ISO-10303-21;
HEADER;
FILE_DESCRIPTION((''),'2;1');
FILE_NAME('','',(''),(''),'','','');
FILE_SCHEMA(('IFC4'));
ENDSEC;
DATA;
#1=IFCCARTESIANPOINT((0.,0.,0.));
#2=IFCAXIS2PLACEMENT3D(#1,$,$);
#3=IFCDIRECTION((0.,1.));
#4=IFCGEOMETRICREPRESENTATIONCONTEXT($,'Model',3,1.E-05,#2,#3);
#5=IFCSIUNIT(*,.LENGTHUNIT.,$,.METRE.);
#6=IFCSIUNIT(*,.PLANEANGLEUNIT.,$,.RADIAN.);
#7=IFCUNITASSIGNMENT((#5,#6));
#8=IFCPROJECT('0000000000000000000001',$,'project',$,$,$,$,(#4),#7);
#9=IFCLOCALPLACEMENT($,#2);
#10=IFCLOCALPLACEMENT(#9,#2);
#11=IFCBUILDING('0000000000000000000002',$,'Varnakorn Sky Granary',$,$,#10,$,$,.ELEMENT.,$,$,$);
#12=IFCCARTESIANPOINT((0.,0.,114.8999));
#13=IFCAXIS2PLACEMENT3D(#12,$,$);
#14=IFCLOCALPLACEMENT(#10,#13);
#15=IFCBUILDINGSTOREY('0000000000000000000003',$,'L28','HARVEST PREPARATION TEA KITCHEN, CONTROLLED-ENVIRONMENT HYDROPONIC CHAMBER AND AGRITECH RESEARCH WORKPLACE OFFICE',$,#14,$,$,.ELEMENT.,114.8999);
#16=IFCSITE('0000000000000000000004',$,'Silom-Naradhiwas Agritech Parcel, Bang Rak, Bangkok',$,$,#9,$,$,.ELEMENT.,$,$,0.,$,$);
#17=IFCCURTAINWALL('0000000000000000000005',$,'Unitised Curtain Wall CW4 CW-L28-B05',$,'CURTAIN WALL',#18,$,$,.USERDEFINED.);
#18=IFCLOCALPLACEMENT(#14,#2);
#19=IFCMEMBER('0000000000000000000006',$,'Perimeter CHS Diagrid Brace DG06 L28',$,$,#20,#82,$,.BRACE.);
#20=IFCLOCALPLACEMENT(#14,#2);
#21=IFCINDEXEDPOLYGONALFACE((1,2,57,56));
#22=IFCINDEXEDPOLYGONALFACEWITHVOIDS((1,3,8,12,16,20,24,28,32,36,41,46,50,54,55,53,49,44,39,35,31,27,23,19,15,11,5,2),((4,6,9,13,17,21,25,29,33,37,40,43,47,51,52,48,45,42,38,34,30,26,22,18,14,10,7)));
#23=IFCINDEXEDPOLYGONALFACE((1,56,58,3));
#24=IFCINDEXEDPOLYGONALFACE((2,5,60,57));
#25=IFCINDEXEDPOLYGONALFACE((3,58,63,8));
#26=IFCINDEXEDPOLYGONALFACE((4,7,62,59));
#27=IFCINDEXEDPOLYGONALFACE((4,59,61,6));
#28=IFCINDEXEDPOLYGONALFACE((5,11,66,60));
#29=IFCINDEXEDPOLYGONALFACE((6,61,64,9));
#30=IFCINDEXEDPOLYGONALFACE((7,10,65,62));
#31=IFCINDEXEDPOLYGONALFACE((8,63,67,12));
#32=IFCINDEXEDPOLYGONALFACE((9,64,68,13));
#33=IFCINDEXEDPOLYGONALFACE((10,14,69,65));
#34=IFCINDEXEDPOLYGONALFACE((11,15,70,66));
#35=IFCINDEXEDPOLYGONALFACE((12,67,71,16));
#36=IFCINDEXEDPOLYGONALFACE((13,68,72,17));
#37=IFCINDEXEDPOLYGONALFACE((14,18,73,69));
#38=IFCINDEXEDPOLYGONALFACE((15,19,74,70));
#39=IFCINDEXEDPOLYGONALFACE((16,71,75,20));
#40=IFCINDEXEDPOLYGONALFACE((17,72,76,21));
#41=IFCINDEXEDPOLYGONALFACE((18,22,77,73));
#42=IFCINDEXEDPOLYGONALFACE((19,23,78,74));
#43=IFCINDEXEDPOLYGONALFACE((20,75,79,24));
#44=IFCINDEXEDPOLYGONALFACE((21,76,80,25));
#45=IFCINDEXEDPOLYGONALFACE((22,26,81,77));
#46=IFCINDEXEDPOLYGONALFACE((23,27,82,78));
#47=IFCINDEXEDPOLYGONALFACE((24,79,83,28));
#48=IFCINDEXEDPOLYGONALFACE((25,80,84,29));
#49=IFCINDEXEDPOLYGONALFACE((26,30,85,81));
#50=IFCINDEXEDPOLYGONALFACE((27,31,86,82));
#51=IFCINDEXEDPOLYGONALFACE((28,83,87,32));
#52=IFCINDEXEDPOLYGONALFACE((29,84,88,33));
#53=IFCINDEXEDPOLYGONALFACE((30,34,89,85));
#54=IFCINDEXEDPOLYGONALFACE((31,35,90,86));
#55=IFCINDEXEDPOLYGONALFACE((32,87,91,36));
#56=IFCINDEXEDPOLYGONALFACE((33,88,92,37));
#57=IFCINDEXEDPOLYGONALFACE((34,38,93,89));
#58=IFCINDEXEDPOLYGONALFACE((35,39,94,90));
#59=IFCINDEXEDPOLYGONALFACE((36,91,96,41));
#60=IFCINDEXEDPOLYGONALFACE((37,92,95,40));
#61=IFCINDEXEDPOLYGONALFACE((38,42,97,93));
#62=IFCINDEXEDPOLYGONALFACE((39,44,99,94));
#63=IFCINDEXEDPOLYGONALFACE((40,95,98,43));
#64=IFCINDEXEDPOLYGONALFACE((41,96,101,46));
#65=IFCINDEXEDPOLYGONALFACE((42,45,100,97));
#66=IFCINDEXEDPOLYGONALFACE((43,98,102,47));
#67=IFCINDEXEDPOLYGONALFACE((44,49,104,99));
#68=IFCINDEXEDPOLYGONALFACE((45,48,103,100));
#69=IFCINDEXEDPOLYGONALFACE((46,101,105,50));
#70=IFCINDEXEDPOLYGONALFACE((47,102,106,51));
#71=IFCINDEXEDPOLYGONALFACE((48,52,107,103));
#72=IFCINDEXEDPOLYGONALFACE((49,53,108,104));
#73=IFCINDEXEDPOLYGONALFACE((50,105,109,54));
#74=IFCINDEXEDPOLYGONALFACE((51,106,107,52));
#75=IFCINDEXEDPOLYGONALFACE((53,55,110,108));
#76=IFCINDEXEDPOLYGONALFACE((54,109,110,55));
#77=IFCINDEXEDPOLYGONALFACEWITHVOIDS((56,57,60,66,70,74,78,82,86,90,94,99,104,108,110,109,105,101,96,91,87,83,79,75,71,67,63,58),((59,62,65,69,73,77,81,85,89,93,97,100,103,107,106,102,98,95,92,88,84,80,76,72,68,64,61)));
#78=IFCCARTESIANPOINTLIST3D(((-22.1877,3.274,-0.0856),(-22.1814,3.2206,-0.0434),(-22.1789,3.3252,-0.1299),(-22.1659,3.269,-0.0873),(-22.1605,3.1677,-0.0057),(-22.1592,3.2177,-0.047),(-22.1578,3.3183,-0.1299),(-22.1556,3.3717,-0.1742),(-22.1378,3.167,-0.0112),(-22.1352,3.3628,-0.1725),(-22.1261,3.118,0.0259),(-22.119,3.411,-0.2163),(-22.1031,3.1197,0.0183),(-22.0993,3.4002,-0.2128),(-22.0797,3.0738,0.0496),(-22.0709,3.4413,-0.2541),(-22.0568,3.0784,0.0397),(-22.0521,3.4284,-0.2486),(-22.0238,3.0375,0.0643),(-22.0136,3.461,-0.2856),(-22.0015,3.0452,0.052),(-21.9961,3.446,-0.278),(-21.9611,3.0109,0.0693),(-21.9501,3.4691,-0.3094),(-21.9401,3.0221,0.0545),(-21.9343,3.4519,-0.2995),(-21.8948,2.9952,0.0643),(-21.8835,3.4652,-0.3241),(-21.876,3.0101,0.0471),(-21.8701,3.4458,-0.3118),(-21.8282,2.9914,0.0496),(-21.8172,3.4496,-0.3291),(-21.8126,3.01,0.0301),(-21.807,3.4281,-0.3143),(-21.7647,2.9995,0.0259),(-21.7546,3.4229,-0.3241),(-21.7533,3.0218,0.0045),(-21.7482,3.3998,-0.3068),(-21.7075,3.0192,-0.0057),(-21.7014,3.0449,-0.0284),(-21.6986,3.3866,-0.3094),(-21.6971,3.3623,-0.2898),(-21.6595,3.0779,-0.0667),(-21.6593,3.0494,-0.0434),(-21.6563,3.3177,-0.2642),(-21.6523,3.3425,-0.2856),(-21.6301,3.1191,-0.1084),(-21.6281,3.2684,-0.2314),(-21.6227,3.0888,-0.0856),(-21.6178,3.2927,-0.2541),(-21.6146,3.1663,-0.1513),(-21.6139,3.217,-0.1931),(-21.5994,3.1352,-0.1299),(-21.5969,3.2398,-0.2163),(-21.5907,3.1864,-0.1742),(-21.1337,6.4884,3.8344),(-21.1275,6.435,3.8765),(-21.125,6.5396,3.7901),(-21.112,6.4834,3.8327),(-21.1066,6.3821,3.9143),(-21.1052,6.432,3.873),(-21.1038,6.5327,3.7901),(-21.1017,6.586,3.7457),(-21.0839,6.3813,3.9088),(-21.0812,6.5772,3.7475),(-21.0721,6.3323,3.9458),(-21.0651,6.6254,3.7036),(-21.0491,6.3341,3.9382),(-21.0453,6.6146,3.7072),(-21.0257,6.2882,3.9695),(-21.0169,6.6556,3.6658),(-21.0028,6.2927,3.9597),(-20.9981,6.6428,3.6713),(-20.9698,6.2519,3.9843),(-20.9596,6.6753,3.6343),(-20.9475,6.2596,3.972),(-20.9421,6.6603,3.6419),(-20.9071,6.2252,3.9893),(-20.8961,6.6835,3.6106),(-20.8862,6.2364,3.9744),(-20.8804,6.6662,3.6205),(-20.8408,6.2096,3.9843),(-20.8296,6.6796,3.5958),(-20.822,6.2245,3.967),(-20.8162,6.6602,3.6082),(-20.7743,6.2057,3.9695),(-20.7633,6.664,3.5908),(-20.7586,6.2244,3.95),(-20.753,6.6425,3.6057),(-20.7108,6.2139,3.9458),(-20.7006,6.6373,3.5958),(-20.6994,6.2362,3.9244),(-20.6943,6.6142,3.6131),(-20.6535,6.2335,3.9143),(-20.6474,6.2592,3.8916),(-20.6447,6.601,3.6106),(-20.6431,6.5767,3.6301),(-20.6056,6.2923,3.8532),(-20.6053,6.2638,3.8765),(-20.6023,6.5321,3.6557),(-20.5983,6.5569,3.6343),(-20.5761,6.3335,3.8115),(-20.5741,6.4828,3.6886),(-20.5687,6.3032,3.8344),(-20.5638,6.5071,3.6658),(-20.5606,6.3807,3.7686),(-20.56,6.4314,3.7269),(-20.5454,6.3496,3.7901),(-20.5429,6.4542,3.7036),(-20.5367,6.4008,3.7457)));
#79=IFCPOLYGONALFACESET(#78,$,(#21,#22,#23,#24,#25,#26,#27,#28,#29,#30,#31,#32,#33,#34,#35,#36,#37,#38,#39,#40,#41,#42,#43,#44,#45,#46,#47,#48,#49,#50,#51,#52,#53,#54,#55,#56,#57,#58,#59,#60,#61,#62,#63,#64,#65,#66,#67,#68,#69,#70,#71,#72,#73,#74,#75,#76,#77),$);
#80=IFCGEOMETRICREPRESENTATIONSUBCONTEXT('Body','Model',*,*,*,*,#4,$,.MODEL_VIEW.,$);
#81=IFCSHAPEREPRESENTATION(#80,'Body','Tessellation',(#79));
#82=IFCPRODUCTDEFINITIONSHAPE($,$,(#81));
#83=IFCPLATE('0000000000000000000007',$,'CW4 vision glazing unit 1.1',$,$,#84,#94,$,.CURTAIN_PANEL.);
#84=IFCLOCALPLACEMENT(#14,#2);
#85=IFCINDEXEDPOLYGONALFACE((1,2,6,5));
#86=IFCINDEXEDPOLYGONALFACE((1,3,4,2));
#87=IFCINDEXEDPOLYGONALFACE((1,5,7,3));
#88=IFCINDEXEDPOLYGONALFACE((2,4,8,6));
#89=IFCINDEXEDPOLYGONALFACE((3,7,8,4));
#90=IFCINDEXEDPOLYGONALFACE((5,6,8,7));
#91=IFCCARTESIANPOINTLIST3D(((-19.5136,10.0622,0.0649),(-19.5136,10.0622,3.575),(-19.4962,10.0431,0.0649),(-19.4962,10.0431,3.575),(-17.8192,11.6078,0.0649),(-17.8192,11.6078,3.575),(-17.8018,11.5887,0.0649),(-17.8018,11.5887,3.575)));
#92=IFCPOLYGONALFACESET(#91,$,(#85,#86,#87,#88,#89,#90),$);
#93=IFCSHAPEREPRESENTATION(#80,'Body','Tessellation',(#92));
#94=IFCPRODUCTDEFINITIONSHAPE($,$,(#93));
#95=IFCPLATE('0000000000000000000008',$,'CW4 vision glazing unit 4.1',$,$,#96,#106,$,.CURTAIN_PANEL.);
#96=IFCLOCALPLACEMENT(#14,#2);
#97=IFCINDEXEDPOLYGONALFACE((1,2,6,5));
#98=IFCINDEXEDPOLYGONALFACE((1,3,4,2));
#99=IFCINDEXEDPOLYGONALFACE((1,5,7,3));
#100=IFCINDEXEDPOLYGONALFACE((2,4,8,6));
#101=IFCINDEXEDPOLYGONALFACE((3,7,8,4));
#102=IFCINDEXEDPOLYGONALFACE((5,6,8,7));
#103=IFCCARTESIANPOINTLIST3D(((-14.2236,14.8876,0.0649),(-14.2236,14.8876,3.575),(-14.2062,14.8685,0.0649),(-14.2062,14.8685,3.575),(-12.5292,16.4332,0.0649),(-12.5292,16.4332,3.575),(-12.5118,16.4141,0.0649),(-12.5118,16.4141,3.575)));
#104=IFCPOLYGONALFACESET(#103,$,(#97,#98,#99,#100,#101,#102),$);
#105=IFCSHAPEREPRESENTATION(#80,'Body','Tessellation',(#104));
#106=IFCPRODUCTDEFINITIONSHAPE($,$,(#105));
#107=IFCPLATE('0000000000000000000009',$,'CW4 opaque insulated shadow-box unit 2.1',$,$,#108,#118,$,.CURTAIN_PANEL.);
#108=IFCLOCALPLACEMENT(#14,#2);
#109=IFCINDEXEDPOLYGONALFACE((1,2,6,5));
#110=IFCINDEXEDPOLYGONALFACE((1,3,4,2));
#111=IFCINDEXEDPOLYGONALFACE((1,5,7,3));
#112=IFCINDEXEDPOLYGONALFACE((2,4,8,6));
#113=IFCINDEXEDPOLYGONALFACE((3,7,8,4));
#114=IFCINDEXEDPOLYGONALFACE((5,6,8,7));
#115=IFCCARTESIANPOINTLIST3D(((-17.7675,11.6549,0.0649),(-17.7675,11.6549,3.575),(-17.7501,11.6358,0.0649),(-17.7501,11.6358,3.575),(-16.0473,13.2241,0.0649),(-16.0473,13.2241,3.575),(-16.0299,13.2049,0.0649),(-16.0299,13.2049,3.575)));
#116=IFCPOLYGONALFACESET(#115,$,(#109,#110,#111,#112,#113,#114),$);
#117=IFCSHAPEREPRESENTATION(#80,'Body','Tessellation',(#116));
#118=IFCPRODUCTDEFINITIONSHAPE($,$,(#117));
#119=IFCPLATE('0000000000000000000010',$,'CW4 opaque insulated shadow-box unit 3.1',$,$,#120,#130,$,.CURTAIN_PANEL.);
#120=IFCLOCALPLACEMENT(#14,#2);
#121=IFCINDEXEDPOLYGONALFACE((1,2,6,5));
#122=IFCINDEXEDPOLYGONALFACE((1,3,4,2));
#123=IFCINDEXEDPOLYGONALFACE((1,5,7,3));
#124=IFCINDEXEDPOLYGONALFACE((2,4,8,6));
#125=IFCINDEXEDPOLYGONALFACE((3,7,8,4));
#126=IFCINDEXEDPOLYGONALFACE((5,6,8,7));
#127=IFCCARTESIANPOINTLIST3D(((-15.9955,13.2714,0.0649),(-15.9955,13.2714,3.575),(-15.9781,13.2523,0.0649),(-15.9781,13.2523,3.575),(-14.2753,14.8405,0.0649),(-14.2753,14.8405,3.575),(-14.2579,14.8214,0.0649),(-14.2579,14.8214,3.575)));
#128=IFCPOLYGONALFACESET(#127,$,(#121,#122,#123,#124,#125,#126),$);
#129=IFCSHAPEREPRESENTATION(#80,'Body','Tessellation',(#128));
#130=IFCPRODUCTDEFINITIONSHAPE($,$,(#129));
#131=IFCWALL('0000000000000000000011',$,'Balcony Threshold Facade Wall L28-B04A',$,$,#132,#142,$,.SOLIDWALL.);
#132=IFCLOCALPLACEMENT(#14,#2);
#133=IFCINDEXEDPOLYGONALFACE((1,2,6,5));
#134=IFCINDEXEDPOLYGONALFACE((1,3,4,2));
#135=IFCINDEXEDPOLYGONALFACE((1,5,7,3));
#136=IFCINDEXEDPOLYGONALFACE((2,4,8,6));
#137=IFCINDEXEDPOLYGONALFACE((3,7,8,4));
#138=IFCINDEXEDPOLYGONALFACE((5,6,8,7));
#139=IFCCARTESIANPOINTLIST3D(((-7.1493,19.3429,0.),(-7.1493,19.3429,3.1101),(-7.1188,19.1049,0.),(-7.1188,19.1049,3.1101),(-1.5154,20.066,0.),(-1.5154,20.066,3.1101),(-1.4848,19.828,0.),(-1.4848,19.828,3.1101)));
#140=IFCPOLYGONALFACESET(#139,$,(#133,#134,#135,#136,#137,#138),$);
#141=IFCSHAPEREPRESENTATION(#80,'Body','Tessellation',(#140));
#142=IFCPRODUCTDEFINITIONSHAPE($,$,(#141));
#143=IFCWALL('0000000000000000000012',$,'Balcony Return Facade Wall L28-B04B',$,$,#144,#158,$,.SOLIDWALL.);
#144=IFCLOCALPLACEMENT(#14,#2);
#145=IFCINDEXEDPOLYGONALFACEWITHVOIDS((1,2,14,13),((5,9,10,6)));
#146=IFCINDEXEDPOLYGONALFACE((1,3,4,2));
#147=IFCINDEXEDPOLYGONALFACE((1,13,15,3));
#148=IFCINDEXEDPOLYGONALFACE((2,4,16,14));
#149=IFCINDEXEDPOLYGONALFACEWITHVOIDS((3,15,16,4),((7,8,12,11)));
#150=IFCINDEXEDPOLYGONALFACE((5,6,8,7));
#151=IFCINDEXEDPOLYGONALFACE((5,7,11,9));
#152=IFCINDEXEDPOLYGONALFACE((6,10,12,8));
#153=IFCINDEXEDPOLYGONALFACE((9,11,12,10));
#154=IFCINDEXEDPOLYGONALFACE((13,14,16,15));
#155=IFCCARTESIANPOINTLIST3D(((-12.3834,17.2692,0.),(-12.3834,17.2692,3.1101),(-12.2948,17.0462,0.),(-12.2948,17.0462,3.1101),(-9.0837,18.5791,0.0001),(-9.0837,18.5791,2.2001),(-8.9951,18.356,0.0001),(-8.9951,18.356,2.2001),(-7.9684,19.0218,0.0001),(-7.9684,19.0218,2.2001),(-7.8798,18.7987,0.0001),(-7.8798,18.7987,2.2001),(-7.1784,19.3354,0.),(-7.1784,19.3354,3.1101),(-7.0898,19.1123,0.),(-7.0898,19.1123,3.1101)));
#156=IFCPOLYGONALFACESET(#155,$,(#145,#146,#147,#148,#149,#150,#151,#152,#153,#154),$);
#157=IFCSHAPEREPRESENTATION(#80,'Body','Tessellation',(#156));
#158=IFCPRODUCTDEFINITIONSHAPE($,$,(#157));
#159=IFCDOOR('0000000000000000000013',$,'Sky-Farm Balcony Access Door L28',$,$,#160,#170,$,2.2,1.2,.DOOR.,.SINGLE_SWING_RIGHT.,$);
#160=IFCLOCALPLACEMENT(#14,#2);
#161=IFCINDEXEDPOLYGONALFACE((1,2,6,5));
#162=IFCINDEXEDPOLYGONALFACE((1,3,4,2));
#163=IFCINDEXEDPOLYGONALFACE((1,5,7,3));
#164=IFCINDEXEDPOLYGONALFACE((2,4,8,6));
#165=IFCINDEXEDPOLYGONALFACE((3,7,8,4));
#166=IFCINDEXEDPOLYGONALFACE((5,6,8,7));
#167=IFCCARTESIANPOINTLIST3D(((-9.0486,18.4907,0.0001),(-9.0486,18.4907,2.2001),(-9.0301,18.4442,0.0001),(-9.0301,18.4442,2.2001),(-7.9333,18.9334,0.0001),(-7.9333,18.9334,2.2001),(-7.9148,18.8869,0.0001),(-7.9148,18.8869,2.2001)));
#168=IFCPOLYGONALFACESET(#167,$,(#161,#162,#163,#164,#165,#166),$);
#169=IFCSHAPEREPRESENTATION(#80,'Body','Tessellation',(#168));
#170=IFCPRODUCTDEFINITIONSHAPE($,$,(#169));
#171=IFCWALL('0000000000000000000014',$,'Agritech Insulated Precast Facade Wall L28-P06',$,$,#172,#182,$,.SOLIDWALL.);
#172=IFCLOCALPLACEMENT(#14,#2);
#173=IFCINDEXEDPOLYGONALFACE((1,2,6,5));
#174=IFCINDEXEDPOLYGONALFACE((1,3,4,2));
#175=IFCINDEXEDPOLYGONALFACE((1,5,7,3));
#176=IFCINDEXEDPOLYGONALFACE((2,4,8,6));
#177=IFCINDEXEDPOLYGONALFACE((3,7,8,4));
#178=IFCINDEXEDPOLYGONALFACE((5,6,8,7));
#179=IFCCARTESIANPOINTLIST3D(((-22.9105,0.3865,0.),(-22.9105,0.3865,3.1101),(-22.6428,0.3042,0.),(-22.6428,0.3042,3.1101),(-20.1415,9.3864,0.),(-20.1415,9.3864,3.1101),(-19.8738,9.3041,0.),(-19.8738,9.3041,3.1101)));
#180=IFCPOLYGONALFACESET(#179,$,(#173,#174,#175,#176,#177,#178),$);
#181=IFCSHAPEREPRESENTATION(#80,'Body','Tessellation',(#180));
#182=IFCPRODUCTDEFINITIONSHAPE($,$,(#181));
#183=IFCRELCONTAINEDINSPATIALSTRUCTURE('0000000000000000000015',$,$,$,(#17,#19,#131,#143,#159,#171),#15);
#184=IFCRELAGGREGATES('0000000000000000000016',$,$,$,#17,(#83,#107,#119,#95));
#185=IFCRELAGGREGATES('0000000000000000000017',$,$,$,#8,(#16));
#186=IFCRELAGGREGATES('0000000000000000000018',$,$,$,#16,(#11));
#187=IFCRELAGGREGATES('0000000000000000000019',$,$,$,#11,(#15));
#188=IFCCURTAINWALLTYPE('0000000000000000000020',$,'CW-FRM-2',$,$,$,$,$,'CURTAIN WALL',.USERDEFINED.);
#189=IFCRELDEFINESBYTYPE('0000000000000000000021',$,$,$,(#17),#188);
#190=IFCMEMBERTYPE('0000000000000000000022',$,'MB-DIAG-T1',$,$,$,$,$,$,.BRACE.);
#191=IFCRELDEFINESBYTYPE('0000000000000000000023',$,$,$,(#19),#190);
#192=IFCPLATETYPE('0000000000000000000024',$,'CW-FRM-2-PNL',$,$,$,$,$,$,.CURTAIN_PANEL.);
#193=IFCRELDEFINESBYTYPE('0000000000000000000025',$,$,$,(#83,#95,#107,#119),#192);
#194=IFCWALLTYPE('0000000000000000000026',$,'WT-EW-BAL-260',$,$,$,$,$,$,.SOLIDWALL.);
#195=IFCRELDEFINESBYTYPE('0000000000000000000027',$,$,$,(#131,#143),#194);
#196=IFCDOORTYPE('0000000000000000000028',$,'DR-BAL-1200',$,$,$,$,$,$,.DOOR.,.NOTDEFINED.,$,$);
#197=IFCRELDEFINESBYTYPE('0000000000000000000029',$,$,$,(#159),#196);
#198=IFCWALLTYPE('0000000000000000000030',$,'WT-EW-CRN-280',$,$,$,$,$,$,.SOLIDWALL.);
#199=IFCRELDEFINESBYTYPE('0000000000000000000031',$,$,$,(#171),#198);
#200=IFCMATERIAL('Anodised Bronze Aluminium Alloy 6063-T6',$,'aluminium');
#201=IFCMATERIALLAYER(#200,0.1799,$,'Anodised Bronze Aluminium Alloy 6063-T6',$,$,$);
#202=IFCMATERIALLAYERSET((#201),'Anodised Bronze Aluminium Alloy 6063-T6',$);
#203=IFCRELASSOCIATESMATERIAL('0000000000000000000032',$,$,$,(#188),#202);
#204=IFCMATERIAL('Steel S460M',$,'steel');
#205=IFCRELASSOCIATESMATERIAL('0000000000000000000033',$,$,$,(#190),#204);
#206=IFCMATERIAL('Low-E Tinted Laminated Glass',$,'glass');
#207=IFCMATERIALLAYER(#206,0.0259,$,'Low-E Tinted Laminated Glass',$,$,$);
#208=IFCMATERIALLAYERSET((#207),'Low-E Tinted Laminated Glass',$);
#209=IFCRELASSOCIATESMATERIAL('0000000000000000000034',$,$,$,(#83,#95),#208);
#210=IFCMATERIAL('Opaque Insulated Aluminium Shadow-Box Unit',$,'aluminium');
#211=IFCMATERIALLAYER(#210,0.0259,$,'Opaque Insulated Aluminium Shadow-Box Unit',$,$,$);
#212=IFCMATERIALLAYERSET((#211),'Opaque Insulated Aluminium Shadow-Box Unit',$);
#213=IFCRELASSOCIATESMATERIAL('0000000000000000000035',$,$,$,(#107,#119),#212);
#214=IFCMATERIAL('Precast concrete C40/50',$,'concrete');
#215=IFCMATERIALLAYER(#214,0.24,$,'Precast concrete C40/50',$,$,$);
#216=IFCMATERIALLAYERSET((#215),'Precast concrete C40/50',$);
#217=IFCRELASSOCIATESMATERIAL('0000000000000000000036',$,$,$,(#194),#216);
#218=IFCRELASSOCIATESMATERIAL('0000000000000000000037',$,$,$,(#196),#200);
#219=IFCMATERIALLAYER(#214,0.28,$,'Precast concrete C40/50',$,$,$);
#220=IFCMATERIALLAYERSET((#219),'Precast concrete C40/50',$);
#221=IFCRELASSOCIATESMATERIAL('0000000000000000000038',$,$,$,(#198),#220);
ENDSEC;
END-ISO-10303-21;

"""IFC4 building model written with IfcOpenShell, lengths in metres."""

from ifc_helpers import new_model, si_unit, direction, frame, frame_2d, origin, origin_2d, place, context, subcontext, project, spatial, rectangle, hollow_circle, extrude, source, transform, mapped, material, layer, layer_set, material_profile, profile_set, type_object, type_shapes, element, fill, aggregate, save


model = new_model("IFC4")

# Units and contexts
model_context = context("Model", 3, precision=1e-05, world=origin(), true_north=direction((0.0, 1.0)))
body_context = subcontext(model_context, "Body", "Model", "MODEL_VIEW")
ifc_project = project(units=[si_unit("LENGTHUNIT", "METRE"), si_unit("PLANEANGLEUNIT", "RADIAN")], contexts=[model_context])

# Site, building, storey
site_placement = place(None, origin())
site = spatial("IfcSite", under=ifc_project, at=site_placement, Name="Silom-Naradhiwas Agritech Parcel, Bang Rak, Bangkok", CompositionType="ELEMENT", RefElevation=0.0)
building_placement = place(site_placement, origin())
building = spatial("IfcBuilding", under=site, at=building_placement, Name="Varnakorn Sky Granary", CompositionType="ELEMENT")
storey_placement = place(building_placement, frame((0.0, 0.0, 114.8999)))
storey = spatial("IfcBuildingStorey", under=building, at=storey_placement, Name="L28", Description="HARVEST PREPARATION TEA KITCHEN, CONTROLLED-ENVIRONMENT HYDROPONIC CHAMBER AND AGRITECH RESEARCH WORKPLACE OFFICE", CompositionType="ELEMENT", Elevation=114.8999)

# Shared definitions
ifc_material_1 = material(Name="Steel S460M", Category="steel")

# Curtain wall
ifc_material_2 = material(Name="Anodised Bronze Aluminium Alloy 6063-T6", Category="aluminium")
ifc_layer_1 = layer(ifc_material_2, 0.1799, Name="Anodised Bronze Aluminium Alloy 6063-T6")
ifc_layer_set_1 = layer_set([ifc_layer_1], Name="Anodised Bronze Aluminium Alloy 6063-T6")
curtain_wall_type = type_object("IfcCurtainWallType", Name="CW-FRM-2", ElementType="CURTAIN WALL", PredefinedType="USERDEFINED", material=ifc_layer_set_1)
curtain_wall_placement = place(storey_placement, origin())
curtain_wall = element("IfcCurtainWall", 1, at=curtain_wall_placement, inside=storey, type_object=curtain_wall_type, Name="Unitised Curtain Wall CW4 CW-L28-B05", ObjectType="CURTAIN WALL", PredefinedType="USERDEFINED")

# Member
ifc_material_profile_1 = material_profile(ifc_material_1, hollow_circle(Radius=0.3049, WallThickness=0.0222, at=origin_2d()), Name="CHS 610x22")
ifc_profile_set_1 = profile_set([ifc_material_profile_1], Name="Steel S460M")
member_type_1 = type_object("IfcMemberType", Name="MB-DIAG-T1", PredefinedType="BRACE", material=ifc_profile_set_1)
member_1_placement = place(storey_placement, frame((-21.8892, 3.2302, -0.1299), z_axis=(0.203556, 0.620806, 0.757076), x_axis=(-0.950224, 0.311569, 0.0)))
element("IfcMember", 2, at=member_1_placement, inside=storey, type_object=member_type_1, Name="Perimeter CHS Diagrid Brace DG06 L28", PredefinedType="BRACE", context=body_context, shape_type="SweptSolid", body=[
    extrude(hollow_circle(Radius=0.3049, WallThickness=0.0222, at=origin_2d()), origin(), (0.0, 0.0, 1.0), 5.1777),
])

# Plates
ifc_material_3 = material(Name="Low-E Tinted Laminated Glass", Category="glass")
ifc_layer_2 = layer(ifc_material_3, 0.0259, Name="Low-E Tinted Laminated Glass")
ifc_layer_set_2 = layer_set([ifc_layer_2], Name="Low-E Tinted Laminated Glass")
plate_type = type_object("IfcPlateType", Name="CW-FRM-2-PNL", PredefinedType="CURTAIN_PANEL")
shared_shape_1 = source(origin(), body_context, "Body", "SweptSolid", [
    extrude(rectangle(XDim=2.2935, YDim=0.0259, at=origin_2d()), origin(), (0.0, 0.0, 1.0), 3.51),
])
plate_1_placement = place(storey_placement, frame((-18.6577, 10.8254, 0.0649), z_axis=(0.0, 0.0, 1.0), x_axis=(0.7388, 0.673925, 0.0)))
plate_1 = element("IfcPlate", 3, at=plate_1_placement, type_object=plate_type, material=ifc_layer_set_2, Name="CW4 vision glazing unit 1.1", PredefinedType="CURTAIN_PANEL", context=body_context, shape_type="MappedRepresentation", body=[
    mapped(shared_shape_1, transform((0.0, 0.0, 0.0), x_axis=(1.0, 0.0, 0.0), y_axis=(0.0, 1.0, 0.0), z_axis=(0.0, 0.0, 1.0), scale=1.0)),
])
plate_2_placement = place(storey_placement, frame((-13.3677, 15.6509, 0.0649), z_axis=(0.0, 0.0, 1.0), x_axis=(0.7388, 0.673925, 0.0)))
plate_2 = element("IfcPlate", 4, at=plate_2_placement, type_object=plate_type, material=ifc_layer_set_2, Name="CW4 vision glazing unit 4.1", PredefinedType="CURTAIN_PANEL", context=body_context, shape_type="MappedRepresentation", body=[
    mapped(shared_shape_1, transform((0.0, 0.0, 0.0), x_axis=(1.0, 0.0, 0.0), y_axis=(0.0, 1.0, 0.0), z_axis=(0.0, 0.0, 1.0), scale=1.0)),
])
ifc_material_4 = material(Name="Opaque Insulated Aluminium Shadow-Box Unit", Category="aluminium")
ifc_layer_3 = layer(ifc_material_4, 0.0259, Name="Opaque Insulated Aluminium Shadow-Box Unit")
ifc_layer_set_3 = layer_set([ifc_layer_3], Name="Opaque Insulated Aluminium Shadow-Box Unit")
shared_shape_2 = source(origin(), body_context, "Body", "SweptSolid", [
    extrude(rectangle(XDim=2.3284, YDim=0.0259, at=origin_2d()), origin(), (0.0, 0.0, 1.0), 3.51),
])
type_shapes(plate_type, [shared_shape_1, shared_shape_2])
plate_3_placement = place(storey_placement, frame((-16.8987, 12.4299, 0.0649), z_axis=(0.0, 0.0, 1.0), x_axis=(0.7388, 0.673925, 0.0)))
plate_3 = element("IfcPlate", 5, at=plate_3_placement, type_object=plate_type, material=ifc_layer_set_3, Name="CW4 opaque insulated shadow-box unit 2.1", PredefinedType="CURTAIN_PANEL", context=body_context, shape_type="MappedRepresentation", body=[
    mapped(shared_shape_2, transform((0.0, 0.0, 0.0), x_axis=(1.0, 0.0, 0.0), y_axis=(0.0, 1.0, 0.0), z_axis=(0.0, 0.0, 1.0), scale=1.0)),
])
plate_4_placement = place(storey_placement, frame((-15.1267, 14.0464, 0.0649), z_axis=(0.0, 0.0, 1.0), x_axis=(0.7388, 0.673925, 0.0)))
plate_4 = element("IfcPlate", 6, at=plate_4_placement, type_object=plate_type, material=ifc_layer_set_3, Name="CW4 opaque insulated shadow-box unit 3.1", PredefinedType="CURTAIN_PANEL", context=body_context, shape_type="MappedRepresentation", body=[
    mapped(shared_shape_2, transform((0.0, 0.0, 0.0), x_axis=(1.0, 0.0, 0.0), y_axis=(0.0, 1.0, 0.0), z_axis=(0.0, 0.0, 1.0), scale=1.0)),
])
aggregate(curtain_wall, [plate_1, plate_3, plate_4, plate_2])

# Wall
ifc_material_5 = material(Name="Precast concrete C40/50", Category="concrete")
ifc_layer_4 = layer(ifc_material_5, 0.24, Name="Precast concrete C40/50")
ifc_layer_set_4 = layer_set([ifc_layer_4], Name="Precast concrete C40/50")
wall_type_1 = type_object("IfcWallType", Name="WT-EW-BAL-260", PredefinedType="SOLIDWALL", material=ifc_layer_set_4)
wall_1_placement = place(storey_placement, frame((-7.134, 19.2239, 0.0), z_axis=(0.0, 0.0, 1.0), x_axis=(0.991863, 0.127309, 0.0)))
element("IfcWall", 7, at=wall_1_placement, inside=storey, type_object=wall_type_1, Name="Balcony Threshold Facade Wall L28-B04A", PredefinedType="SOLIDWALL", context=body_context, shape_type="SweptSolid", body=[
    extrude(rectangle(XDim=5.6802, YDim=0.24, at=frame_2d((2.8401, 0.0))), origin(), (0.0, 0.0, 1.0), 3.1101),
])

# Wall, opening, door
wall_2_placement = place(storey_placement, frame((-12.3391, 17.1577, 0.0), z_axis=(0.0, 0.0, 1.0), x_axis=(0.929451, 0.368947, 0.0)))
wall_2 = element("IfcWall", 8, at=wall_2_placement, inside=storey, type_object=wall_type_1, Name="Balcony Return Facade Wall L28-B04B", PredefinedType="SOLIDWALL", context=body_context, shape_type="SweptSolid", body=[
    extrude(rectangle(XDim=5.6001, YDim=0.24, at=frame_2d((2.8, 0.0))), origin(), (0.0, 0.0, 1.0), 3.1101),
])
opening_placement = place(wall_2_placement, frame((3.55, 0.0, 0.0)))
opening = element("IfcOpeningElement", 9, at=opening_placement, cuts=wall_2, PredefinedType="OPENING", context=body_context, shape_type="SweptSolid", body=[
    extrude(rectangle(XDim=1.2, YDim=2.2, at=frame_2d((0.6001, 1.1001))), frame((0.0, 0.1299, 0.0), z_axis=(0.0, -1.0, 0.0), x_axis=(1.0, 0.0, 0.0)), (0.0, 0.0, 1.0), 0.26),
])
door_type = type_object("IfcDoorType", Name="DR-BAL-1200", OperationType="NOTDEFINED", PredefinedType="DOOR", material=ifc_material_2)
door_placement = place(opening_placement, origin())
door = element("IfcDoor", 10, at=door_placement, inside=storey, type_object=door_type, Name="Sky-Farm Balcony Access Door L28", OperationType="SINGLE_SWING_RIGHT", OverallHeight=2.2, OverallWidth=1.2, PredefinedType="DOOR", context=body_context, shape_type="SweptSolid", body=[
    extrude(rectangle(XDim=1.2, YDim=2.2, at=frame_2d((0.6001, 1.1001))), frame((0.0, 0.0249, 0.0), z_axis=(0.0, -1.0, 0.0), x_axis=(1.0, 0.0, 0.0)), (0.0, 0.0, 1.0), 0.05),
])
fill(opening, door)

# Wall
ifc_layer_5 = layer(ifc_material_5, 0.28, Name="Precast concrete C40/50")
ifc_layer_set_5 = layer_set([ifc_layer_5], Name="Precast concrete C40/50")
wall_type_2 = type_object("IfcWallType", Name="WT-EW-CRN-280", PredefinedType="SOLIDWALL", material=ifc_layer_set_5)
wall_3_placement = place(storey_placement, frame((-22.7766, 0.3455, 0.0), z_axis=(0.0, 0.0, 1.0), x_axis=(0.294068, 0.955785, 0.0)))
element("IfcWall", 11, at=wall_3_placement, inside=storey, type_object=wall_type_2, Name="Agritech Insulated Precast Facade Wall L28-P06", PredefinedType="SOLIDWALL", context=body_context, shape_type="SweptSolid", body=[
    extrude(rectangle(XDim=9.4163, YDim=0.28, at=frame_2d((4.708, 0.0))), origin(), (0.0, 0.0, 1.0), 3.1101),
])

save(model, "model.ifc")
